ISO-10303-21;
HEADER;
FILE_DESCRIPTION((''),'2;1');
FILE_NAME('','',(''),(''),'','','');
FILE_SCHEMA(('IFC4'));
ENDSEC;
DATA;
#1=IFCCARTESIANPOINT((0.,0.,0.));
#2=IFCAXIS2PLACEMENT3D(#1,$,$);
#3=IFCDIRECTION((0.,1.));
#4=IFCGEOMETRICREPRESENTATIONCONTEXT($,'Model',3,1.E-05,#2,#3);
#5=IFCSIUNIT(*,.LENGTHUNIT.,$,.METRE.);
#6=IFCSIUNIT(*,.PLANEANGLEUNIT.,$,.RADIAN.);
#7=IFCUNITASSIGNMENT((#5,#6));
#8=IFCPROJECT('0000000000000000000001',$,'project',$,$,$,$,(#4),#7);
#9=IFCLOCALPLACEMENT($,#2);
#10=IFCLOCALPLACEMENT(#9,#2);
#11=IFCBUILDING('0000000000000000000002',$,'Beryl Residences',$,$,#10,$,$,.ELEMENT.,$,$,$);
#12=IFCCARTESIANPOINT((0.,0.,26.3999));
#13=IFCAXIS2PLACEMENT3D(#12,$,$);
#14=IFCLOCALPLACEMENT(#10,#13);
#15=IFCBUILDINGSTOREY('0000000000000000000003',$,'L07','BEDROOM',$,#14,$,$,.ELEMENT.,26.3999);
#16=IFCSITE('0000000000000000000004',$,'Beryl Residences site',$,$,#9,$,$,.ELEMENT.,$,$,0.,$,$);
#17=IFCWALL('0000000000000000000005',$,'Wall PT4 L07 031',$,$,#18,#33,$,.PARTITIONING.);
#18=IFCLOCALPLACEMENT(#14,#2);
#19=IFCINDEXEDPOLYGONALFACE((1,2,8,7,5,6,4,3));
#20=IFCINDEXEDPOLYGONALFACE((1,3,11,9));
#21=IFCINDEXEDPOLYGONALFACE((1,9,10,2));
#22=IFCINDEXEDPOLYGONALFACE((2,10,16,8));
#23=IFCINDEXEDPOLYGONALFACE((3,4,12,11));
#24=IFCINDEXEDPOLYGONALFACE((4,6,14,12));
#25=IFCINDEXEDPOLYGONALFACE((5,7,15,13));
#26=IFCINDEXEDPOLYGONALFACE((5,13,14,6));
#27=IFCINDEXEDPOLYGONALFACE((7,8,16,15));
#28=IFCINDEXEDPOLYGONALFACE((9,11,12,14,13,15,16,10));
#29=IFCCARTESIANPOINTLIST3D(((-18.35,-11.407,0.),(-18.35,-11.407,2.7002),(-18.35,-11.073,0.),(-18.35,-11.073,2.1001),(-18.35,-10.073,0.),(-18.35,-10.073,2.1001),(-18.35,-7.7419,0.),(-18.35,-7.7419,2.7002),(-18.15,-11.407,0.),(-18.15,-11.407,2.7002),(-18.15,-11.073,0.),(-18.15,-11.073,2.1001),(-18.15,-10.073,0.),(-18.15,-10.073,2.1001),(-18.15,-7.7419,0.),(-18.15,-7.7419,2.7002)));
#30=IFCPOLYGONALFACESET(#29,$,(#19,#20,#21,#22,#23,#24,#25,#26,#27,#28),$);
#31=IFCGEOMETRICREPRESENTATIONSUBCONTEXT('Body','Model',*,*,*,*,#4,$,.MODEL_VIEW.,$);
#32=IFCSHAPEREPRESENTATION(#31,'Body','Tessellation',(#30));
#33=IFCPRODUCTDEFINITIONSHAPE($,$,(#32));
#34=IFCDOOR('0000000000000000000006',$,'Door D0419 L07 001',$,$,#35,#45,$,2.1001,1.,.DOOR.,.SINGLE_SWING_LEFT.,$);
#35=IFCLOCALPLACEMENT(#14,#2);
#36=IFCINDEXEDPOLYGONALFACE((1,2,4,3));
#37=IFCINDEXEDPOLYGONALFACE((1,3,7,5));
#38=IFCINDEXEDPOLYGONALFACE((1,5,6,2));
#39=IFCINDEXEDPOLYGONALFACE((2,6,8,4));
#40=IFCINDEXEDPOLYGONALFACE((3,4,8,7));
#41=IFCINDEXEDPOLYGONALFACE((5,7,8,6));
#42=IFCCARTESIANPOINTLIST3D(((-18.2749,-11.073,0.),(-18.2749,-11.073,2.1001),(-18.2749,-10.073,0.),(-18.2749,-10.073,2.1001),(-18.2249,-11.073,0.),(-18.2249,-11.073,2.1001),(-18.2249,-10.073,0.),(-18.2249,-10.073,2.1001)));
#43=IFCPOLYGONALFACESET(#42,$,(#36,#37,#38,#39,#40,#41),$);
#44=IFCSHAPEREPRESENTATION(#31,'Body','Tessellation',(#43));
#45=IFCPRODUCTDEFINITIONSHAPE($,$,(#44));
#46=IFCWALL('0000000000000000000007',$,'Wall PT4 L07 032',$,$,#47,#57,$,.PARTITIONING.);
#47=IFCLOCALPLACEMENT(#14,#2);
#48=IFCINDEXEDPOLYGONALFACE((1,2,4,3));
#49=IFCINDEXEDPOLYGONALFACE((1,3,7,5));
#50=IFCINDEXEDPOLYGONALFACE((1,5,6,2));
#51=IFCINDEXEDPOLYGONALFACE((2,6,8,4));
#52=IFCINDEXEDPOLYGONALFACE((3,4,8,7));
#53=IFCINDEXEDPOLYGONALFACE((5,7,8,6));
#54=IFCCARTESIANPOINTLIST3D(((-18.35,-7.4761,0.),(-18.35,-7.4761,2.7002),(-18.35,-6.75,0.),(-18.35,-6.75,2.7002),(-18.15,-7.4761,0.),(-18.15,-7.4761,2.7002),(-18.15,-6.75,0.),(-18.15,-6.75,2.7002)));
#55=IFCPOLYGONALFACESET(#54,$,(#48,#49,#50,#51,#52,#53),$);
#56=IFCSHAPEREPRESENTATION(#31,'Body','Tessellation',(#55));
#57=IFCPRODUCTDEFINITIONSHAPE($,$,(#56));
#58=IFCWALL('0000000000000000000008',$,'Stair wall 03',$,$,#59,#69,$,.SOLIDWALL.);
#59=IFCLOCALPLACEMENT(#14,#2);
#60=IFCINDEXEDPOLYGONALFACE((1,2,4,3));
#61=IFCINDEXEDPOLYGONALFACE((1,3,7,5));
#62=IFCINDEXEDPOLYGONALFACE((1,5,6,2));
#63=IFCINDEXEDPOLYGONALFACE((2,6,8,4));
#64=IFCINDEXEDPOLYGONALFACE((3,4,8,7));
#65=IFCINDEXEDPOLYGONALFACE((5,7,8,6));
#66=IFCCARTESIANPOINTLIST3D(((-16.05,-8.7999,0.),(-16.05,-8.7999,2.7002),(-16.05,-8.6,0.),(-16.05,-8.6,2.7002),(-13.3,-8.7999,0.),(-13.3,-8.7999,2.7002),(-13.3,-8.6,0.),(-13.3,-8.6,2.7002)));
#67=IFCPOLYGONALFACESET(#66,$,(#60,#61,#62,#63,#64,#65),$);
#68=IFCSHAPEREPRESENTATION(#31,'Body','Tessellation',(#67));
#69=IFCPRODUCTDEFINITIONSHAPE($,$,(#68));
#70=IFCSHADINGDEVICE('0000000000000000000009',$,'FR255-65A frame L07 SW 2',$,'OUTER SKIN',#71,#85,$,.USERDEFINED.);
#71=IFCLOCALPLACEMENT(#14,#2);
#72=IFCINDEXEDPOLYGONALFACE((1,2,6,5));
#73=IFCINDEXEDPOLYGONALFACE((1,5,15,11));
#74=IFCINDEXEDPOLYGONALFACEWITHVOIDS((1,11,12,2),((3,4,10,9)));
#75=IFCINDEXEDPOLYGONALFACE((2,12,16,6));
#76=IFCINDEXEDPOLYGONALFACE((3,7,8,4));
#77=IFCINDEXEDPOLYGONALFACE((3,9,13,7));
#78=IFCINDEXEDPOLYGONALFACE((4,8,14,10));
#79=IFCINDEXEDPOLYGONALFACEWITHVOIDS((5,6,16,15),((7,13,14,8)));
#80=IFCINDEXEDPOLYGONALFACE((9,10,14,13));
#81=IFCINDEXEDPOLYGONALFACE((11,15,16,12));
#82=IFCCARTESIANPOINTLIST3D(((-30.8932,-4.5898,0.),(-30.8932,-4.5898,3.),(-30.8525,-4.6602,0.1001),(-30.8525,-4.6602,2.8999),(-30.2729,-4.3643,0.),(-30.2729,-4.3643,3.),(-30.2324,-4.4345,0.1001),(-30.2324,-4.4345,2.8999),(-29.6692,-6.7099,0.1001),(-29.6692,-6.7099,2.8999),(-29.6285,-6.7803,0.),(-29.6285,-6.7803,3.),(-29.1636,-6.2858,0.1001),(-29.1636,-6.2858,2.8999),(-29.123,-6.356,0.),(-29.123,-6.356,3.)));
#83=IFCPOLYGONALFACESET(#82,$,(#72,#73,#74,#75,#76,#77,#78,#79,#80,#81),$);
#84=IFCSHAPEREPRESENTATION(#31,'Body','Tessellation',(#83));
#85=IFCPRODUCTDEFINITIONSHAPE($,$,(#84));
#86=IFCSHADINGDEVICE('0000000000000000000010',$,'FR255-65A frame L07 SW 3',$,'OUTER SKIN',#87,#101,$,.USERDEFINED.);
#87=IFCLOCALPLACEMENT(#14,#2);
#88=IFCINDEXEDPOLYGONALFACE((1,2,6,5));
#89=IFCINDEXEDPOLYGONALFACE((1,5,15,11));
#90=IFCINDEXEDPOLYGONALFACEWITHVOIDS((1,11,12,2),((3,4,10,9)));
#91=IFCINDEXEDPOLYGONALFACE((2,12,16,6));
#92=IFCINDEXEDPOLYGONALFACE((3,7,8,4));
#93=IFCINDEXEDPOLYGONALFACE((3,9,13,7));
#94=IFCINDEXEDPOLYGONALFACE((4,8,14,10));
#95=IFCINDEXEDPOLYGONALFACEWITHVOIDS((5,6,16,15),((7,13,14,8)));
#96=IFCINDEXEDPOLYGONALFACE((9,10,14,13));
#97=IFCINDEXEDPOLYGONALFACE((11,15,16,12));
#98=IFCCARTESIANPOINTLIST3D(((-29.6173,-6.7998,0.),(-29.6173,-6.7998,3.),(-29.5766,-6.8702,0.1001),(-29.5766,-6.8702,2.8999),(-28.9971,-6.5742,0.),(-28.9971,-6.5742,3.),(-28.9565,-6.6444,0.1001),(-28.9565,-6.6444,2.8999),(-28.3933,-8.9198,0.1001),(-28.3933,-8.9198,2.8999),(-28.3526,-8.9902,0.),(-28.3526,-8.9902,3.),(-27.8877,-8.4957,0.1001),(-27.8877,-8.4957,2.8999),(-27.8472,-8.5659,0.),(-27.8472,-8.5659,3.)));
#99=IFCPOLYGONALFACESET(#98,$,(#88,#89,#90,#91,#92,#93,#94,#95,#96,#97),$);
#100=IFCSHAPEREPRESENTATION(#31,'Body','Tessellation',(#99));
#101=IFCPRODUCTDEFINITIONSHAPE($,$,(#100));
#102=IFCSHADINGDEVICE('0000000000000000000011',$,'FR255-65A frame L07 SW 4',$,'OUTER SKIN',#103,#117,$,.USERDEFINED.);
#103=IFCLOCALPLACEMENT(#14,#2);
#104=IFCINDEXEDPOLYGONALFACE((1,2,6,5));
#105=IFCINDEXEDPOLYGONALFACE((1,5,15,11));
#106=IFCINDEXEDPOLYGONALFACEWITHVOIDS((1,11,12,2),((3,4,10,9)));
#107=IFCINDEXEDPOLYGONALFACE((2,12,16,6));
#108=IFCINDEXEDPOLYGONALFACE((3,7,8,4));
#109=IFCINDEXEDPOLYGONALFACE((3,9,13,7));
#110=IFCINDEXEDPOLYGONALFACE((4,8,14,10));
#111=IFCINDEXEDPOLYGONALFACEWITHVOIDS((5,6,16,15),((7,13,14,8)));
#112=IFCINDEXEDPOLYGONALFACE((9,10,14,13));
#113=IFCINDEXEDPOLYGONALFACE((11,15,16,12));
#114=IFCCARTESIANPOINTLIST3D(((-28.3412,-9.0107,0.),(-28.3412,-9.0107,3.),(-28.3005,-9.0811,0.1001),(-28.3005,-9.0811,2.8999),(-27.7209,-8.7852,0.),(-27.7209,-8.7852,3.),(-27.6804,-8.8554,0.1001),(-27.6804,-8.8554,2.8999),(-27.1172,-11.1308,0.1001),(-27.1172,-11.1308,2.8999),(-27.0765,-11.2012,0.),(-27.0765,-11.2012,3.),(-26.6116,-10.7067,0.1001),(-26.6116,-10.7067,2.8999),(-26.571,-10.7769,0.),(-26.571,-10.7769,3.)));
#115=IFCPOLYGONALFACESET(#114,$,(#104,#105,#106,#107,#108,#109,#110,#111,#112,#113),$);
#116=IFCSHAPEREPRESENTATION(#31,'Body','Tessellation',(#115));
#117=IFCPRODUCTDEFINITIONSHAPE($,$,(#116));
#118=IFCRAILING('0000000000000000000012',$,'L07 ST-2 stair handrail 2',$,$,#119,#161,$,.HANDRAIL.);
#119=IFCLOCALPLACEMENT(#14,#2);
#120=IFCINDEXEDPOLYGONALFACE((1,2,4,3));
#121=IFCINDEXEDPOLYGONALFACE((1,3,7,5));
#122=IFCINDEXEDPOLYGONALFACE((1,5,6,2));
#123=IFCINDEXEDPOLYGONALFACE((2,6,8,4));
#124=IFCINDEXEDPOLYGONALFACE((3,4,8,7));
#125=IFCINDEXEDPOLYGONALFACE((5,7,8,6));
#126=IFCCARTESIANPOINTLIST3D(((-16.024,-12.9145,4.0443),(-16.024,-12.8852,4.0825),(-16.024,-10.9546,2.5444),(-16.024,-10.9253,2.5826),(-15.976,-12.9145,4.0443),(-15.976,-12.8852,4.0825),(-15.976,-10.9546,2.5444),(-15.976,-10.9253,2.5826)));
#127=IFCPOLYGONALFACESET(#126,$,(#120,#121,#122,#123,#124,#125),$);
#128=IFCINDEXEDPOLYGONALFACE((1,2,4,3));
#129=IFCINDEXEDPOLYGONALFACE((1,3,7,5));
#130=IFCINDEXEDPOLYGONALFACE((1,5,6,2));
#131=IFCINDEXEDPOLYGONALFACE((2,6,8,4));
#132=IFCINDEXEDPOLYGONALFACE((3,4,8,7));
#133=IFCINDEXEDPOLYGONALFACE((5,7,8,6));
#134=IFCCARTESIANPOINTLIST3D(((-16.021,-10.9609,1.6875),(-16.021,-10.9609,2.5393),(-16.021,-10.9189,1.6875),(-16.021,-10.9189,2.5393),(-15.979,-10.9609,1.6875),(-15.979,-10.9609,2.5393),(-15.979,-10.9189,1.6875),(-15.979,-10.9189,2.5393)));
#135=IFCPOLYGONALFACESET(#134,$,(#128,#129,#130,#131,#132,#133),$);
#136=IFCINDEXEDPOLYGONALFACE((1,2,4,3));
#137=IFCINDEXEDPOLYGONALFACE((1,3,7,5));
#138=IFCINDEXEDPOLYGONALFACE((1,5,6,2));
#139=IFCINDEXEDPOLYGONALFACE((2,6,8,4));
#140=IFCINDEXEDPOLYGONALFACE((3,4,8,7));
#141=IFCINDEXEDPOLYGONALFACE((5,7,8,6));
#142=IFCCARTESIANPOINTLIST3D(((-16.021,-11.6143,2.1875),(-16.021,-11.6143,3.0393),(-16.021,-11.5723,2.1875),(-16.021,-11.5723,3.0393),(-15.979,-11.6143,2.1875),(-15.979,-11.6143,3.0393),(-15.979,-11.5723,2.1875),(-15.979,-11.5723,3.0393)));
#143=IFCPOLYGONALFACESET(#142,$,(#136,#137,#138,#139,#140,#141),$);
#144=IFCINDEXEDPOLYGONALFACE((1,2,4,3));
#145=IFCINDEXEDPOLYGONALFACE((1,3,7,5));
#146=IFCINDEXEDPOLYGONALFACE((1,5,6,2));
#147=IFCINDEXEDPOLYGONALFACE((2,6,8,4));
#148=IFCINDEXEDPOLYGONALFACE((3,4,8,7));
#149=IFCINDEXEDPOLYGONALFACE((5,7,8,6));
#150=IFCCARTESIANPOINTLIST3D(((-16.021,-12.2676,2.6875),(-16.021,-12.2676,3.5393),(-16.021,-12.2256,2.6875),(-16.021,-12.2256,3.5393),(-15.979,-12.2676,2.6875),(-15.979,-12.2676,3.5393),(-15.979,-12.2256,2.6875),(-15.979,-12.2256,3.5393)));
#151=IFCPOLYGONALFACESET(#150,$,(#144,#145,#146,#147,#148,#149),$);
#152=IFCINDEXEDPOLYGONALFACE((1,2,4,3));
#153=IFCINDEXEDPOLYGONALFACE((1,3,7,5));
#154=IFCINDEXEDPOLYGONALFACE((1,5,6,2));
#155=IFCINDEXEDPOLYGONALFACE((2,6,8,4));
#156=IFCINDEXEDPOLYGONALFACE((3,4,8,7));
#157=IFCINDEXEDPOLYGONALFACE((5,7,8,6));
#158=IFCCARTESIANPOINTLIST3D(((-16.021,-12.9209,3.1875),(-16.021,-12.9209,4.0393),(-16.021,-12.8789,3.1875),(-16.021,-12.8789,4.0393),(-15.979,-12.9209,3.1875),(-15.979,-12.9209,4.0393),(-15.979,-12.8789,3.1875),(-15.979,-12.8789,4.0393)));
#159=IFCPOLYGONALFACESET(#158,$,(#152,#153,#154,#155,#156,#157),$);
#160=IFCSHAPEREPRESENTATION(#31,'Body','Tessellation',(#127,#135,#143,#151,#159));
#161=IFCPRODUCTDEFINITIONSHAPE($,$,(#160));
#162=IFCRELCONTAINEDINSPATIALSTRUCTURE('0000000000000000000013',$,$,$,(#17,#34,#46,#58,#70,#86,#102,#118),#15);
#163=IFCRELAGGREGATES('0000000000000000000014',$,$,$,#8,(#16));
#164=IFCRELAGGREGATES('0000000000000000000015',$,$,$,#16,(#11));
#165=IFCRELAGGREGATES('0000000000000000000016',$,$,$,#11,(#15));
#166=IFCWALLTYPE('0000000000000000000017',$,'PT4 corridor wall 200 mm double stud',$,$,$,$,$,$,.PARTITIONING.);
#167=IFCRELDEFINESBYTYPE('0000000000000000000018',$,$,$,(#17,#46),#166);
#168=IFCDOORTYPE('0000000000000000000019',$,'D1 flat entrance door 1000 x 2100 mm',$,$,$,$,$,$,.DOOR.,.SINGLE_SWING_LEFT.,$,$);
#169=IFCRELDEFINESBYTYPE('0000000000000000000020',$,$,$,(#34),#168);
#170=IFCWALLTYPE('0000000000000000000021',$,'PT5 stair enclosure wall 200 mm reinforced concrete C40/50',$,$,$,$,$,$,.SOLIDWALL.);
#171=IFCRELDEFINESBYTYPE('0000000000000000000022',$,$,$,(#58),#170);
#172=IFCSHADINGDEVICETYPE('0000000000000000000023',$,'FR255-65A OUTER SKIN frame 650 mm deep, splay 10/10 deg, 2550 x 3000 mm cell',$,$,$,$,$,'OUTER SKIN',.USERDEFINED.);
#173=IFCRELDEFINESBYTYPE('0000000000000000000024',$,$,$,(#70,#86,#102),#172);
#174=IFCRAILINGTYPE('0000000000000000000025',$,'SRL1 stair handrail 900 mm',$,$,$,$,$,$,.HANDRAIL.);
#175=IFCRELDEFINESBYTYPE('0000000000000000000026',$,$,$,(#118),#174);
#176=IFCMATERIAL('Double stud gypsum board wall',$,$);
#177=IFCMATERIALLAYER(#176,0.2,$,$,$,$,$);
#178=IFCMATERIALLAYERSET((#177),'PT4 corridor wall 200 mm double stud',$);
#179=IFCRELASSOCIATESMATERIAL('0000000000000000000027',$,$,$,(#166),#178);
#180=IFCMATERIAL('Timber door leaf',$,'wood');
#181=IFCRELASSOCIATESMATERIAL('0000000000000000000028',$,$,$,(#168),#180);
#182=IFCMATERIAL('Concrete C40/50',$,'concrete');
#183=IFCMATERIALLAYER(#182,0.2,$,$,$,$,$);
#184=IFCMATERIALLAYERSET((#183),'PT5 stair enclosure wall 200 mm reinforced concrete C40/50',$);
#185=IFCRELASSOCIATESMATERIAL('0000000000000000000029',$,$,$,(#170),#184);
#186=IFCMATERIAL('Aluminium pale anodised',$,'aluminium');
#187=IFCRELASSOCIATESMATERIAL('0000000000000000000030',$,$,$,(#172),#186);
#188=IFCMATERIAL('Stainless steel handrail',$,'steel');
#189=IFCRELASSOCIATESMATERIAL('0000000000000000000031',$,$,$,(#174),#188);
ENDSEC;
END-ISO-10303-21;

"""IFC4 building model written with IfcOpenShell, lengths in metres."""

from ifc_helpers import new_model, entity, si_unit, direction, frame, frame_2d, origin, origin_2d, place, context, subcontext, project, spatial, rectangle, extrude, source, transform, mapped, material, layer, layer_set, type_object, type_shapes, element, fill, save


model = new_model("IFC4")

# Units and contexts
model_context = context("Model", 3, precision=1e-05, world=origin(), true_north=direction((0.0, 1.0)))
body_context = subcontext(model_context, "Body", "Model", "MODEL_VIEW")
ifc_project = project(units=[si_unit("LENGTHUNIT", "METRE"), si_unit("PLANEANGLEUNIT", "RADIAN")], contexts=[model_context])

# Site, building, storey
site_placement = place(None, origin())
site = spatial("IfcSite", under=ifc_project, at=site_placement, Name="Beryl Residences site", CompositionType="ELEMENT", RefElevation=0.0)
building_placement = place(site_placement, origin())
building = spatial("IfcBuilding", under=site, at=building_placement, Name="Beryl Residences", CompositionType="ELEMENT")
storey_placement = place(building_placement, frame((0.0, 0.0, 26.3999)))
storey = spatial("IfcBuildingStorey", under=building, at=storey_placement, Name="L07", Description="BEDROOM", CompositionType="ELEMENT", Elevation=26.3999)

# Shared definitions
ifc_material_1 = material(Name="Double stud gypsum board wall")
ifc_layer_1 = layer(ifc_material_1, 0.2)
ifc_layer_set_1 = layer_set([ifc_layer_1], Name="PT4 corridor wall 200 mm double stud")
wall_type_1 = type_object("IfcWallType", Name="PT4 corridor wall 200 mm double stud", PredefinedType="PARTITIONING", material=ifc_layer_set_1)

# Wall, opening, door
wall_1_placement = place(storey_placement, frame((-18.25, -11.407, 0.0), z_axis=(0.0, 0.0, 1.0), x_axis=(0.0, 1.0, 0.0)))
wall_1 = element("IfcWall", 1, at=wall_1_placement, inside=storey, type_object=wall_type_1, Name="Wall PT4 L07 031", PredefinedType="PARTITIONING", context=body_context, shape_type="SweptSolid", body=[
    extrude(rectangle(XDim=3.665, YDim=0.2, at=frame_2d((1.8325, 0.0))), origin(), (0.0, 0.0, 1.0), 2.7002),
])
opening_1_placement = place(wall_1_placement, frame((0.334, 0.0, 0.0)))
opening_1 = element("IfcOpeningElement", 2, at=opening_1_placement, cuts=wall_1, PredefinedType="OPENING", context=body_context, shape_type="SweptSolid", body=[
    extrude(rectangle(XDim=1.0, YDim=2.1001, at=frame_2d((0.5, 1.05))), frame((0.0, 0.1099, 0.0), z_axis=(0.0, -1.0, 0.0), x_axis=(1.0, 0.0, 0.0)), (0.0, 0.0, 1.0), 0.22),
])
ifc_material_2 = material(Name="Timber door leaf", Category="wood")
door_type_1 = type_object("IfcDoorType", Name="D1 flat entrance door 1000 x 2100 mm", OperationType="SINGLE_SWING_LEFT", PredefinedType="DOOR", material=ifc_material_2)
door_1_placement = place(opening_1_placement, origin())
door_1 = element("IfcDoor", 3, at=door_1_placement, inside=storey, type_object=door_type_1, Name="Door D0419 L07 001", OperationType="SINGLE_SWING_LEFT", OverallHeight=2.1001, OverallWidth=1.0, PredefinedType="DOOR", context=body_context, shape_type="SweptSolid", body=[
    extrude(rectangle(XDim=1.0, YDim=2.1001, at=frame_2d((0.5, 1.05))), frame((0.0, 0.0249, 0.0), z_axis=(0.0, -1.0, 0.0), x_axis=(1.0, 0.0, 0.0)), (0.0, 0.0, 1.0), 0.05),
])
fill(opening_1, door_1)

# Walls
wall_2_placement = place(storey_placement, frame((-18.25, -7.4761, 0.0), z_axis=(0.0, 0.0, 1.0), x_axis=(0.0, 1.0, 0.0)))
element("IfcWall", 4, at=wall_2_placement, inside=storey, type_object=wall_type_1, Name="Wall PT4 L07 032", PredefinedType="PARTITIONING", context=body_context, shape_type="SweptSolid", body=[
    extrude(rectangle(XDim=0.7261, YDim=0.2, at=frame_2d((0.363, 0.0))), origin(), (0.0, 0.0, 1.0), 2.7002),
])
ifc_material_3 = material(Name="Concrete C40/50", Category="concrete")
ifc_layer_2 = layer(ifc_material_3, 0.2)
ifc_layer_set_2 = layer_set([ifc_layer_2], Name="PT5 stair enclosure wall 200 mm reinforced concrete C40/50")
wall_type_2 = type_object("IfcWallType", Name="PT5 stair enclosure wall 200 mm reinforced concrete C40/50", PredefinedType="SOLIDWALL", material=ifc_layer_set_2)
wall_3_placement = place(storey_placement, frame((-16.05, -8.7, 0.0), z_axis=(0.0, 0.0, 1.0), x_axis=(1.0, 0.0, 0.0)))
element("IfcWall", 5, at=wall_3_placement, inside=storey, type_object=wall_type_2, Name="Stair wall 03", PredefinedType="SOLIDWALL", context=body_context, shape_type="SweptSolid", body=[
    extrude(rectangle(XDim=2.75, YDim=0.2, at=frame_2d((1.375, 0.0))), origin(), (0.0, 0.0, 1.0), 2.7002),
])

# Shading devices
ifc_material_4 = material(Name="Aluminium pale anodised", Category="aluminium")
shading_device_type = type_object("IfcShadingDeviceType", Name="FR255-65A OUTER SKIN frame 650 mm deep, splay 10/10 deg, 2550 x 3000 mm cell", ElementType="OUTER SKIN", PredefinedType="USERDEFINED", material=ifc_material_4)
cartesian_point_1 = entity("IfcCartesianPoint", [-1.1499, 0.0])
cartesian_point_2 = entity("IfcCartesianPoint", [-1.0688, 0.1001])
cartesian_point_3 = entity("IfcCartesianPoint", [-1.2646, 0.0])
cartesian_point_4 = entity("IfcCartesianPoint", [-1.1833, 0.1001])
shared_shape = source(origin(), body_context, "Body", "SweptSolid", [
    entity("IfcExtrudedAreaSolidTapered", entity("IfcArbitraryProfileDefWithVoids", "AREA", None, entity("IfcPolyline", [cartesian_point_1, entity("IfcCartesianPoint", [1.1499, 0.0]), entity("IfcCartesianPoint", [1.1499, 3.0]), entity("IfcCartesianPoint", [-1.1499, 3.0]), cartesian_point_1]), [entity("IfcPolyline", [cartesian_point_2, entity("IfcCartesianPoint", [1.0688, 0.1001]), entity("IfcCartesianPoint", [1.0688, 2.8999]), entity("IfcCartesianPoint", [-1.0688, 2.8999]), cartesian_point_2])]), entity("IfcAxis2Placement3D", entity("IfcCartesianPoint", [0.0, 0.0, 0.0]), entity("IfcDirection", [0.0, 1.0, 0.0]), entity("IfcDirection", [-1.0, 0.0, 0.0])), entity("IfcDirection", [0.0, 0.0, 1.0]), 0.6499, entity("IfcArbitraryProfileDefWithVoids", "AREA", None, entity("IfcPolyline", [cartesian_point_3, entity("IfcCartesianPoint", [1.2646, 0.0]), entity("IfcCartesianPoint", [1.2646, 3.0]), entity("IfcCartesianPoint", [-1.2646, 3.0]), cartesian_point_3]), [entity("IfcPolyline", [cartesian_point_4, entity("IfcCartesianPoint", [1.1833, 0.1001]), entity("IfcCartesianPoint", [1.1833, 2.8999]), entity("IfcCartesianPoint", [-1.1833, 2.8999]), cartesian_point_4])])),
])
type_shapes(shading_device_type, [shared_shape])
for number, where, z_axis, x_axis, name in (
    (6, (-29.698, -5.3601, 0.0), (0.0, 0.0, 1.0), (-0.5, 0.866025, 0.0), "FR255-65A frame L07 SW 2"),
    (7, (-28.4221, -7.5701, 0.0), (0.0, 0.0, 1.0), (-0.5, 0.866025, 0.0), "FR255-65A frame L07 SW 3"),
    (8, (-27.146, -9.781, 0.0), (0.0, 0.0, 1.0), (-0.5, 0.866025, 0.0), "FR255-65A frame L07 SW 4"),
):
    element("IfcShadingDevice", number, at=place(storey_placement, frame(where, z_axis=z_axis, x_axis=x_axis)), inside=storey, type_object=shading_device_type, Name=name, ObjectType="OUTER SKIN", PredefinedType="USERDEFINED", context=body_context, shape_type="MappedRepresentation", body=[
        mapped(shared_shape, transform((0.0, 0.0, 0.0))),
    ])

# Railing
ifc_material_5 = material(Name="Stainless steel handrail", Category="steel")
railing_type = type_object("IfcRailingType", Name="SRL1 stair handrail 900 mm", PredefinedType="HANDRAIL", material=ifc_material_5)
railing_placement = place(storey_placement, frame((-16.0, -10.9399, 1.6875)))
element("IfcRailing", 9, at=railing_placement, inside=storey, type_object=railing_type, Name="L07 ST-2 stair handrail 2", PredefinedType="HANDRAIL", context=body_context, shape_type="SweptSolid", body=[
    extrude(rectangle(XDim=0.0481, YDim=0.0481, at=origin_2d()), frame((0.0, 0.0, 0.876), z_axis=(0.0, -0.794122, 0.607758), x_axis=(1.0, 0.0, 0.0)), (0.0, 0.0, 1.0), 2.468),
    extrude(rectangle(XDim=0.042, YDim=0.042, at=origin_2d()), origin(), (0.0, 0.0, 1.0), 0.8518),
    extrude(rectangle(XDim=0.042, YDim=0.042, at=origin_2d()), frame((0.0, -0.6533, 0.5)), (0.0, 0.0, 1.0), 0.8518),
    extrude(rectangle(XDim=0.042, YDim=0.042, at=origin_2d()), frame((0.0, -1.3066, 1.0)), (0.0, 0.0, 1.0), 0.8518),
    extrude(rectangle(XDim=0.042, YDim=0.042, at=origin_2d()), frame((0.0, -1.96, 1.5)), (0.0, 0.0, 1.0), 0.8518),
])

save(model, "model.ifc")
